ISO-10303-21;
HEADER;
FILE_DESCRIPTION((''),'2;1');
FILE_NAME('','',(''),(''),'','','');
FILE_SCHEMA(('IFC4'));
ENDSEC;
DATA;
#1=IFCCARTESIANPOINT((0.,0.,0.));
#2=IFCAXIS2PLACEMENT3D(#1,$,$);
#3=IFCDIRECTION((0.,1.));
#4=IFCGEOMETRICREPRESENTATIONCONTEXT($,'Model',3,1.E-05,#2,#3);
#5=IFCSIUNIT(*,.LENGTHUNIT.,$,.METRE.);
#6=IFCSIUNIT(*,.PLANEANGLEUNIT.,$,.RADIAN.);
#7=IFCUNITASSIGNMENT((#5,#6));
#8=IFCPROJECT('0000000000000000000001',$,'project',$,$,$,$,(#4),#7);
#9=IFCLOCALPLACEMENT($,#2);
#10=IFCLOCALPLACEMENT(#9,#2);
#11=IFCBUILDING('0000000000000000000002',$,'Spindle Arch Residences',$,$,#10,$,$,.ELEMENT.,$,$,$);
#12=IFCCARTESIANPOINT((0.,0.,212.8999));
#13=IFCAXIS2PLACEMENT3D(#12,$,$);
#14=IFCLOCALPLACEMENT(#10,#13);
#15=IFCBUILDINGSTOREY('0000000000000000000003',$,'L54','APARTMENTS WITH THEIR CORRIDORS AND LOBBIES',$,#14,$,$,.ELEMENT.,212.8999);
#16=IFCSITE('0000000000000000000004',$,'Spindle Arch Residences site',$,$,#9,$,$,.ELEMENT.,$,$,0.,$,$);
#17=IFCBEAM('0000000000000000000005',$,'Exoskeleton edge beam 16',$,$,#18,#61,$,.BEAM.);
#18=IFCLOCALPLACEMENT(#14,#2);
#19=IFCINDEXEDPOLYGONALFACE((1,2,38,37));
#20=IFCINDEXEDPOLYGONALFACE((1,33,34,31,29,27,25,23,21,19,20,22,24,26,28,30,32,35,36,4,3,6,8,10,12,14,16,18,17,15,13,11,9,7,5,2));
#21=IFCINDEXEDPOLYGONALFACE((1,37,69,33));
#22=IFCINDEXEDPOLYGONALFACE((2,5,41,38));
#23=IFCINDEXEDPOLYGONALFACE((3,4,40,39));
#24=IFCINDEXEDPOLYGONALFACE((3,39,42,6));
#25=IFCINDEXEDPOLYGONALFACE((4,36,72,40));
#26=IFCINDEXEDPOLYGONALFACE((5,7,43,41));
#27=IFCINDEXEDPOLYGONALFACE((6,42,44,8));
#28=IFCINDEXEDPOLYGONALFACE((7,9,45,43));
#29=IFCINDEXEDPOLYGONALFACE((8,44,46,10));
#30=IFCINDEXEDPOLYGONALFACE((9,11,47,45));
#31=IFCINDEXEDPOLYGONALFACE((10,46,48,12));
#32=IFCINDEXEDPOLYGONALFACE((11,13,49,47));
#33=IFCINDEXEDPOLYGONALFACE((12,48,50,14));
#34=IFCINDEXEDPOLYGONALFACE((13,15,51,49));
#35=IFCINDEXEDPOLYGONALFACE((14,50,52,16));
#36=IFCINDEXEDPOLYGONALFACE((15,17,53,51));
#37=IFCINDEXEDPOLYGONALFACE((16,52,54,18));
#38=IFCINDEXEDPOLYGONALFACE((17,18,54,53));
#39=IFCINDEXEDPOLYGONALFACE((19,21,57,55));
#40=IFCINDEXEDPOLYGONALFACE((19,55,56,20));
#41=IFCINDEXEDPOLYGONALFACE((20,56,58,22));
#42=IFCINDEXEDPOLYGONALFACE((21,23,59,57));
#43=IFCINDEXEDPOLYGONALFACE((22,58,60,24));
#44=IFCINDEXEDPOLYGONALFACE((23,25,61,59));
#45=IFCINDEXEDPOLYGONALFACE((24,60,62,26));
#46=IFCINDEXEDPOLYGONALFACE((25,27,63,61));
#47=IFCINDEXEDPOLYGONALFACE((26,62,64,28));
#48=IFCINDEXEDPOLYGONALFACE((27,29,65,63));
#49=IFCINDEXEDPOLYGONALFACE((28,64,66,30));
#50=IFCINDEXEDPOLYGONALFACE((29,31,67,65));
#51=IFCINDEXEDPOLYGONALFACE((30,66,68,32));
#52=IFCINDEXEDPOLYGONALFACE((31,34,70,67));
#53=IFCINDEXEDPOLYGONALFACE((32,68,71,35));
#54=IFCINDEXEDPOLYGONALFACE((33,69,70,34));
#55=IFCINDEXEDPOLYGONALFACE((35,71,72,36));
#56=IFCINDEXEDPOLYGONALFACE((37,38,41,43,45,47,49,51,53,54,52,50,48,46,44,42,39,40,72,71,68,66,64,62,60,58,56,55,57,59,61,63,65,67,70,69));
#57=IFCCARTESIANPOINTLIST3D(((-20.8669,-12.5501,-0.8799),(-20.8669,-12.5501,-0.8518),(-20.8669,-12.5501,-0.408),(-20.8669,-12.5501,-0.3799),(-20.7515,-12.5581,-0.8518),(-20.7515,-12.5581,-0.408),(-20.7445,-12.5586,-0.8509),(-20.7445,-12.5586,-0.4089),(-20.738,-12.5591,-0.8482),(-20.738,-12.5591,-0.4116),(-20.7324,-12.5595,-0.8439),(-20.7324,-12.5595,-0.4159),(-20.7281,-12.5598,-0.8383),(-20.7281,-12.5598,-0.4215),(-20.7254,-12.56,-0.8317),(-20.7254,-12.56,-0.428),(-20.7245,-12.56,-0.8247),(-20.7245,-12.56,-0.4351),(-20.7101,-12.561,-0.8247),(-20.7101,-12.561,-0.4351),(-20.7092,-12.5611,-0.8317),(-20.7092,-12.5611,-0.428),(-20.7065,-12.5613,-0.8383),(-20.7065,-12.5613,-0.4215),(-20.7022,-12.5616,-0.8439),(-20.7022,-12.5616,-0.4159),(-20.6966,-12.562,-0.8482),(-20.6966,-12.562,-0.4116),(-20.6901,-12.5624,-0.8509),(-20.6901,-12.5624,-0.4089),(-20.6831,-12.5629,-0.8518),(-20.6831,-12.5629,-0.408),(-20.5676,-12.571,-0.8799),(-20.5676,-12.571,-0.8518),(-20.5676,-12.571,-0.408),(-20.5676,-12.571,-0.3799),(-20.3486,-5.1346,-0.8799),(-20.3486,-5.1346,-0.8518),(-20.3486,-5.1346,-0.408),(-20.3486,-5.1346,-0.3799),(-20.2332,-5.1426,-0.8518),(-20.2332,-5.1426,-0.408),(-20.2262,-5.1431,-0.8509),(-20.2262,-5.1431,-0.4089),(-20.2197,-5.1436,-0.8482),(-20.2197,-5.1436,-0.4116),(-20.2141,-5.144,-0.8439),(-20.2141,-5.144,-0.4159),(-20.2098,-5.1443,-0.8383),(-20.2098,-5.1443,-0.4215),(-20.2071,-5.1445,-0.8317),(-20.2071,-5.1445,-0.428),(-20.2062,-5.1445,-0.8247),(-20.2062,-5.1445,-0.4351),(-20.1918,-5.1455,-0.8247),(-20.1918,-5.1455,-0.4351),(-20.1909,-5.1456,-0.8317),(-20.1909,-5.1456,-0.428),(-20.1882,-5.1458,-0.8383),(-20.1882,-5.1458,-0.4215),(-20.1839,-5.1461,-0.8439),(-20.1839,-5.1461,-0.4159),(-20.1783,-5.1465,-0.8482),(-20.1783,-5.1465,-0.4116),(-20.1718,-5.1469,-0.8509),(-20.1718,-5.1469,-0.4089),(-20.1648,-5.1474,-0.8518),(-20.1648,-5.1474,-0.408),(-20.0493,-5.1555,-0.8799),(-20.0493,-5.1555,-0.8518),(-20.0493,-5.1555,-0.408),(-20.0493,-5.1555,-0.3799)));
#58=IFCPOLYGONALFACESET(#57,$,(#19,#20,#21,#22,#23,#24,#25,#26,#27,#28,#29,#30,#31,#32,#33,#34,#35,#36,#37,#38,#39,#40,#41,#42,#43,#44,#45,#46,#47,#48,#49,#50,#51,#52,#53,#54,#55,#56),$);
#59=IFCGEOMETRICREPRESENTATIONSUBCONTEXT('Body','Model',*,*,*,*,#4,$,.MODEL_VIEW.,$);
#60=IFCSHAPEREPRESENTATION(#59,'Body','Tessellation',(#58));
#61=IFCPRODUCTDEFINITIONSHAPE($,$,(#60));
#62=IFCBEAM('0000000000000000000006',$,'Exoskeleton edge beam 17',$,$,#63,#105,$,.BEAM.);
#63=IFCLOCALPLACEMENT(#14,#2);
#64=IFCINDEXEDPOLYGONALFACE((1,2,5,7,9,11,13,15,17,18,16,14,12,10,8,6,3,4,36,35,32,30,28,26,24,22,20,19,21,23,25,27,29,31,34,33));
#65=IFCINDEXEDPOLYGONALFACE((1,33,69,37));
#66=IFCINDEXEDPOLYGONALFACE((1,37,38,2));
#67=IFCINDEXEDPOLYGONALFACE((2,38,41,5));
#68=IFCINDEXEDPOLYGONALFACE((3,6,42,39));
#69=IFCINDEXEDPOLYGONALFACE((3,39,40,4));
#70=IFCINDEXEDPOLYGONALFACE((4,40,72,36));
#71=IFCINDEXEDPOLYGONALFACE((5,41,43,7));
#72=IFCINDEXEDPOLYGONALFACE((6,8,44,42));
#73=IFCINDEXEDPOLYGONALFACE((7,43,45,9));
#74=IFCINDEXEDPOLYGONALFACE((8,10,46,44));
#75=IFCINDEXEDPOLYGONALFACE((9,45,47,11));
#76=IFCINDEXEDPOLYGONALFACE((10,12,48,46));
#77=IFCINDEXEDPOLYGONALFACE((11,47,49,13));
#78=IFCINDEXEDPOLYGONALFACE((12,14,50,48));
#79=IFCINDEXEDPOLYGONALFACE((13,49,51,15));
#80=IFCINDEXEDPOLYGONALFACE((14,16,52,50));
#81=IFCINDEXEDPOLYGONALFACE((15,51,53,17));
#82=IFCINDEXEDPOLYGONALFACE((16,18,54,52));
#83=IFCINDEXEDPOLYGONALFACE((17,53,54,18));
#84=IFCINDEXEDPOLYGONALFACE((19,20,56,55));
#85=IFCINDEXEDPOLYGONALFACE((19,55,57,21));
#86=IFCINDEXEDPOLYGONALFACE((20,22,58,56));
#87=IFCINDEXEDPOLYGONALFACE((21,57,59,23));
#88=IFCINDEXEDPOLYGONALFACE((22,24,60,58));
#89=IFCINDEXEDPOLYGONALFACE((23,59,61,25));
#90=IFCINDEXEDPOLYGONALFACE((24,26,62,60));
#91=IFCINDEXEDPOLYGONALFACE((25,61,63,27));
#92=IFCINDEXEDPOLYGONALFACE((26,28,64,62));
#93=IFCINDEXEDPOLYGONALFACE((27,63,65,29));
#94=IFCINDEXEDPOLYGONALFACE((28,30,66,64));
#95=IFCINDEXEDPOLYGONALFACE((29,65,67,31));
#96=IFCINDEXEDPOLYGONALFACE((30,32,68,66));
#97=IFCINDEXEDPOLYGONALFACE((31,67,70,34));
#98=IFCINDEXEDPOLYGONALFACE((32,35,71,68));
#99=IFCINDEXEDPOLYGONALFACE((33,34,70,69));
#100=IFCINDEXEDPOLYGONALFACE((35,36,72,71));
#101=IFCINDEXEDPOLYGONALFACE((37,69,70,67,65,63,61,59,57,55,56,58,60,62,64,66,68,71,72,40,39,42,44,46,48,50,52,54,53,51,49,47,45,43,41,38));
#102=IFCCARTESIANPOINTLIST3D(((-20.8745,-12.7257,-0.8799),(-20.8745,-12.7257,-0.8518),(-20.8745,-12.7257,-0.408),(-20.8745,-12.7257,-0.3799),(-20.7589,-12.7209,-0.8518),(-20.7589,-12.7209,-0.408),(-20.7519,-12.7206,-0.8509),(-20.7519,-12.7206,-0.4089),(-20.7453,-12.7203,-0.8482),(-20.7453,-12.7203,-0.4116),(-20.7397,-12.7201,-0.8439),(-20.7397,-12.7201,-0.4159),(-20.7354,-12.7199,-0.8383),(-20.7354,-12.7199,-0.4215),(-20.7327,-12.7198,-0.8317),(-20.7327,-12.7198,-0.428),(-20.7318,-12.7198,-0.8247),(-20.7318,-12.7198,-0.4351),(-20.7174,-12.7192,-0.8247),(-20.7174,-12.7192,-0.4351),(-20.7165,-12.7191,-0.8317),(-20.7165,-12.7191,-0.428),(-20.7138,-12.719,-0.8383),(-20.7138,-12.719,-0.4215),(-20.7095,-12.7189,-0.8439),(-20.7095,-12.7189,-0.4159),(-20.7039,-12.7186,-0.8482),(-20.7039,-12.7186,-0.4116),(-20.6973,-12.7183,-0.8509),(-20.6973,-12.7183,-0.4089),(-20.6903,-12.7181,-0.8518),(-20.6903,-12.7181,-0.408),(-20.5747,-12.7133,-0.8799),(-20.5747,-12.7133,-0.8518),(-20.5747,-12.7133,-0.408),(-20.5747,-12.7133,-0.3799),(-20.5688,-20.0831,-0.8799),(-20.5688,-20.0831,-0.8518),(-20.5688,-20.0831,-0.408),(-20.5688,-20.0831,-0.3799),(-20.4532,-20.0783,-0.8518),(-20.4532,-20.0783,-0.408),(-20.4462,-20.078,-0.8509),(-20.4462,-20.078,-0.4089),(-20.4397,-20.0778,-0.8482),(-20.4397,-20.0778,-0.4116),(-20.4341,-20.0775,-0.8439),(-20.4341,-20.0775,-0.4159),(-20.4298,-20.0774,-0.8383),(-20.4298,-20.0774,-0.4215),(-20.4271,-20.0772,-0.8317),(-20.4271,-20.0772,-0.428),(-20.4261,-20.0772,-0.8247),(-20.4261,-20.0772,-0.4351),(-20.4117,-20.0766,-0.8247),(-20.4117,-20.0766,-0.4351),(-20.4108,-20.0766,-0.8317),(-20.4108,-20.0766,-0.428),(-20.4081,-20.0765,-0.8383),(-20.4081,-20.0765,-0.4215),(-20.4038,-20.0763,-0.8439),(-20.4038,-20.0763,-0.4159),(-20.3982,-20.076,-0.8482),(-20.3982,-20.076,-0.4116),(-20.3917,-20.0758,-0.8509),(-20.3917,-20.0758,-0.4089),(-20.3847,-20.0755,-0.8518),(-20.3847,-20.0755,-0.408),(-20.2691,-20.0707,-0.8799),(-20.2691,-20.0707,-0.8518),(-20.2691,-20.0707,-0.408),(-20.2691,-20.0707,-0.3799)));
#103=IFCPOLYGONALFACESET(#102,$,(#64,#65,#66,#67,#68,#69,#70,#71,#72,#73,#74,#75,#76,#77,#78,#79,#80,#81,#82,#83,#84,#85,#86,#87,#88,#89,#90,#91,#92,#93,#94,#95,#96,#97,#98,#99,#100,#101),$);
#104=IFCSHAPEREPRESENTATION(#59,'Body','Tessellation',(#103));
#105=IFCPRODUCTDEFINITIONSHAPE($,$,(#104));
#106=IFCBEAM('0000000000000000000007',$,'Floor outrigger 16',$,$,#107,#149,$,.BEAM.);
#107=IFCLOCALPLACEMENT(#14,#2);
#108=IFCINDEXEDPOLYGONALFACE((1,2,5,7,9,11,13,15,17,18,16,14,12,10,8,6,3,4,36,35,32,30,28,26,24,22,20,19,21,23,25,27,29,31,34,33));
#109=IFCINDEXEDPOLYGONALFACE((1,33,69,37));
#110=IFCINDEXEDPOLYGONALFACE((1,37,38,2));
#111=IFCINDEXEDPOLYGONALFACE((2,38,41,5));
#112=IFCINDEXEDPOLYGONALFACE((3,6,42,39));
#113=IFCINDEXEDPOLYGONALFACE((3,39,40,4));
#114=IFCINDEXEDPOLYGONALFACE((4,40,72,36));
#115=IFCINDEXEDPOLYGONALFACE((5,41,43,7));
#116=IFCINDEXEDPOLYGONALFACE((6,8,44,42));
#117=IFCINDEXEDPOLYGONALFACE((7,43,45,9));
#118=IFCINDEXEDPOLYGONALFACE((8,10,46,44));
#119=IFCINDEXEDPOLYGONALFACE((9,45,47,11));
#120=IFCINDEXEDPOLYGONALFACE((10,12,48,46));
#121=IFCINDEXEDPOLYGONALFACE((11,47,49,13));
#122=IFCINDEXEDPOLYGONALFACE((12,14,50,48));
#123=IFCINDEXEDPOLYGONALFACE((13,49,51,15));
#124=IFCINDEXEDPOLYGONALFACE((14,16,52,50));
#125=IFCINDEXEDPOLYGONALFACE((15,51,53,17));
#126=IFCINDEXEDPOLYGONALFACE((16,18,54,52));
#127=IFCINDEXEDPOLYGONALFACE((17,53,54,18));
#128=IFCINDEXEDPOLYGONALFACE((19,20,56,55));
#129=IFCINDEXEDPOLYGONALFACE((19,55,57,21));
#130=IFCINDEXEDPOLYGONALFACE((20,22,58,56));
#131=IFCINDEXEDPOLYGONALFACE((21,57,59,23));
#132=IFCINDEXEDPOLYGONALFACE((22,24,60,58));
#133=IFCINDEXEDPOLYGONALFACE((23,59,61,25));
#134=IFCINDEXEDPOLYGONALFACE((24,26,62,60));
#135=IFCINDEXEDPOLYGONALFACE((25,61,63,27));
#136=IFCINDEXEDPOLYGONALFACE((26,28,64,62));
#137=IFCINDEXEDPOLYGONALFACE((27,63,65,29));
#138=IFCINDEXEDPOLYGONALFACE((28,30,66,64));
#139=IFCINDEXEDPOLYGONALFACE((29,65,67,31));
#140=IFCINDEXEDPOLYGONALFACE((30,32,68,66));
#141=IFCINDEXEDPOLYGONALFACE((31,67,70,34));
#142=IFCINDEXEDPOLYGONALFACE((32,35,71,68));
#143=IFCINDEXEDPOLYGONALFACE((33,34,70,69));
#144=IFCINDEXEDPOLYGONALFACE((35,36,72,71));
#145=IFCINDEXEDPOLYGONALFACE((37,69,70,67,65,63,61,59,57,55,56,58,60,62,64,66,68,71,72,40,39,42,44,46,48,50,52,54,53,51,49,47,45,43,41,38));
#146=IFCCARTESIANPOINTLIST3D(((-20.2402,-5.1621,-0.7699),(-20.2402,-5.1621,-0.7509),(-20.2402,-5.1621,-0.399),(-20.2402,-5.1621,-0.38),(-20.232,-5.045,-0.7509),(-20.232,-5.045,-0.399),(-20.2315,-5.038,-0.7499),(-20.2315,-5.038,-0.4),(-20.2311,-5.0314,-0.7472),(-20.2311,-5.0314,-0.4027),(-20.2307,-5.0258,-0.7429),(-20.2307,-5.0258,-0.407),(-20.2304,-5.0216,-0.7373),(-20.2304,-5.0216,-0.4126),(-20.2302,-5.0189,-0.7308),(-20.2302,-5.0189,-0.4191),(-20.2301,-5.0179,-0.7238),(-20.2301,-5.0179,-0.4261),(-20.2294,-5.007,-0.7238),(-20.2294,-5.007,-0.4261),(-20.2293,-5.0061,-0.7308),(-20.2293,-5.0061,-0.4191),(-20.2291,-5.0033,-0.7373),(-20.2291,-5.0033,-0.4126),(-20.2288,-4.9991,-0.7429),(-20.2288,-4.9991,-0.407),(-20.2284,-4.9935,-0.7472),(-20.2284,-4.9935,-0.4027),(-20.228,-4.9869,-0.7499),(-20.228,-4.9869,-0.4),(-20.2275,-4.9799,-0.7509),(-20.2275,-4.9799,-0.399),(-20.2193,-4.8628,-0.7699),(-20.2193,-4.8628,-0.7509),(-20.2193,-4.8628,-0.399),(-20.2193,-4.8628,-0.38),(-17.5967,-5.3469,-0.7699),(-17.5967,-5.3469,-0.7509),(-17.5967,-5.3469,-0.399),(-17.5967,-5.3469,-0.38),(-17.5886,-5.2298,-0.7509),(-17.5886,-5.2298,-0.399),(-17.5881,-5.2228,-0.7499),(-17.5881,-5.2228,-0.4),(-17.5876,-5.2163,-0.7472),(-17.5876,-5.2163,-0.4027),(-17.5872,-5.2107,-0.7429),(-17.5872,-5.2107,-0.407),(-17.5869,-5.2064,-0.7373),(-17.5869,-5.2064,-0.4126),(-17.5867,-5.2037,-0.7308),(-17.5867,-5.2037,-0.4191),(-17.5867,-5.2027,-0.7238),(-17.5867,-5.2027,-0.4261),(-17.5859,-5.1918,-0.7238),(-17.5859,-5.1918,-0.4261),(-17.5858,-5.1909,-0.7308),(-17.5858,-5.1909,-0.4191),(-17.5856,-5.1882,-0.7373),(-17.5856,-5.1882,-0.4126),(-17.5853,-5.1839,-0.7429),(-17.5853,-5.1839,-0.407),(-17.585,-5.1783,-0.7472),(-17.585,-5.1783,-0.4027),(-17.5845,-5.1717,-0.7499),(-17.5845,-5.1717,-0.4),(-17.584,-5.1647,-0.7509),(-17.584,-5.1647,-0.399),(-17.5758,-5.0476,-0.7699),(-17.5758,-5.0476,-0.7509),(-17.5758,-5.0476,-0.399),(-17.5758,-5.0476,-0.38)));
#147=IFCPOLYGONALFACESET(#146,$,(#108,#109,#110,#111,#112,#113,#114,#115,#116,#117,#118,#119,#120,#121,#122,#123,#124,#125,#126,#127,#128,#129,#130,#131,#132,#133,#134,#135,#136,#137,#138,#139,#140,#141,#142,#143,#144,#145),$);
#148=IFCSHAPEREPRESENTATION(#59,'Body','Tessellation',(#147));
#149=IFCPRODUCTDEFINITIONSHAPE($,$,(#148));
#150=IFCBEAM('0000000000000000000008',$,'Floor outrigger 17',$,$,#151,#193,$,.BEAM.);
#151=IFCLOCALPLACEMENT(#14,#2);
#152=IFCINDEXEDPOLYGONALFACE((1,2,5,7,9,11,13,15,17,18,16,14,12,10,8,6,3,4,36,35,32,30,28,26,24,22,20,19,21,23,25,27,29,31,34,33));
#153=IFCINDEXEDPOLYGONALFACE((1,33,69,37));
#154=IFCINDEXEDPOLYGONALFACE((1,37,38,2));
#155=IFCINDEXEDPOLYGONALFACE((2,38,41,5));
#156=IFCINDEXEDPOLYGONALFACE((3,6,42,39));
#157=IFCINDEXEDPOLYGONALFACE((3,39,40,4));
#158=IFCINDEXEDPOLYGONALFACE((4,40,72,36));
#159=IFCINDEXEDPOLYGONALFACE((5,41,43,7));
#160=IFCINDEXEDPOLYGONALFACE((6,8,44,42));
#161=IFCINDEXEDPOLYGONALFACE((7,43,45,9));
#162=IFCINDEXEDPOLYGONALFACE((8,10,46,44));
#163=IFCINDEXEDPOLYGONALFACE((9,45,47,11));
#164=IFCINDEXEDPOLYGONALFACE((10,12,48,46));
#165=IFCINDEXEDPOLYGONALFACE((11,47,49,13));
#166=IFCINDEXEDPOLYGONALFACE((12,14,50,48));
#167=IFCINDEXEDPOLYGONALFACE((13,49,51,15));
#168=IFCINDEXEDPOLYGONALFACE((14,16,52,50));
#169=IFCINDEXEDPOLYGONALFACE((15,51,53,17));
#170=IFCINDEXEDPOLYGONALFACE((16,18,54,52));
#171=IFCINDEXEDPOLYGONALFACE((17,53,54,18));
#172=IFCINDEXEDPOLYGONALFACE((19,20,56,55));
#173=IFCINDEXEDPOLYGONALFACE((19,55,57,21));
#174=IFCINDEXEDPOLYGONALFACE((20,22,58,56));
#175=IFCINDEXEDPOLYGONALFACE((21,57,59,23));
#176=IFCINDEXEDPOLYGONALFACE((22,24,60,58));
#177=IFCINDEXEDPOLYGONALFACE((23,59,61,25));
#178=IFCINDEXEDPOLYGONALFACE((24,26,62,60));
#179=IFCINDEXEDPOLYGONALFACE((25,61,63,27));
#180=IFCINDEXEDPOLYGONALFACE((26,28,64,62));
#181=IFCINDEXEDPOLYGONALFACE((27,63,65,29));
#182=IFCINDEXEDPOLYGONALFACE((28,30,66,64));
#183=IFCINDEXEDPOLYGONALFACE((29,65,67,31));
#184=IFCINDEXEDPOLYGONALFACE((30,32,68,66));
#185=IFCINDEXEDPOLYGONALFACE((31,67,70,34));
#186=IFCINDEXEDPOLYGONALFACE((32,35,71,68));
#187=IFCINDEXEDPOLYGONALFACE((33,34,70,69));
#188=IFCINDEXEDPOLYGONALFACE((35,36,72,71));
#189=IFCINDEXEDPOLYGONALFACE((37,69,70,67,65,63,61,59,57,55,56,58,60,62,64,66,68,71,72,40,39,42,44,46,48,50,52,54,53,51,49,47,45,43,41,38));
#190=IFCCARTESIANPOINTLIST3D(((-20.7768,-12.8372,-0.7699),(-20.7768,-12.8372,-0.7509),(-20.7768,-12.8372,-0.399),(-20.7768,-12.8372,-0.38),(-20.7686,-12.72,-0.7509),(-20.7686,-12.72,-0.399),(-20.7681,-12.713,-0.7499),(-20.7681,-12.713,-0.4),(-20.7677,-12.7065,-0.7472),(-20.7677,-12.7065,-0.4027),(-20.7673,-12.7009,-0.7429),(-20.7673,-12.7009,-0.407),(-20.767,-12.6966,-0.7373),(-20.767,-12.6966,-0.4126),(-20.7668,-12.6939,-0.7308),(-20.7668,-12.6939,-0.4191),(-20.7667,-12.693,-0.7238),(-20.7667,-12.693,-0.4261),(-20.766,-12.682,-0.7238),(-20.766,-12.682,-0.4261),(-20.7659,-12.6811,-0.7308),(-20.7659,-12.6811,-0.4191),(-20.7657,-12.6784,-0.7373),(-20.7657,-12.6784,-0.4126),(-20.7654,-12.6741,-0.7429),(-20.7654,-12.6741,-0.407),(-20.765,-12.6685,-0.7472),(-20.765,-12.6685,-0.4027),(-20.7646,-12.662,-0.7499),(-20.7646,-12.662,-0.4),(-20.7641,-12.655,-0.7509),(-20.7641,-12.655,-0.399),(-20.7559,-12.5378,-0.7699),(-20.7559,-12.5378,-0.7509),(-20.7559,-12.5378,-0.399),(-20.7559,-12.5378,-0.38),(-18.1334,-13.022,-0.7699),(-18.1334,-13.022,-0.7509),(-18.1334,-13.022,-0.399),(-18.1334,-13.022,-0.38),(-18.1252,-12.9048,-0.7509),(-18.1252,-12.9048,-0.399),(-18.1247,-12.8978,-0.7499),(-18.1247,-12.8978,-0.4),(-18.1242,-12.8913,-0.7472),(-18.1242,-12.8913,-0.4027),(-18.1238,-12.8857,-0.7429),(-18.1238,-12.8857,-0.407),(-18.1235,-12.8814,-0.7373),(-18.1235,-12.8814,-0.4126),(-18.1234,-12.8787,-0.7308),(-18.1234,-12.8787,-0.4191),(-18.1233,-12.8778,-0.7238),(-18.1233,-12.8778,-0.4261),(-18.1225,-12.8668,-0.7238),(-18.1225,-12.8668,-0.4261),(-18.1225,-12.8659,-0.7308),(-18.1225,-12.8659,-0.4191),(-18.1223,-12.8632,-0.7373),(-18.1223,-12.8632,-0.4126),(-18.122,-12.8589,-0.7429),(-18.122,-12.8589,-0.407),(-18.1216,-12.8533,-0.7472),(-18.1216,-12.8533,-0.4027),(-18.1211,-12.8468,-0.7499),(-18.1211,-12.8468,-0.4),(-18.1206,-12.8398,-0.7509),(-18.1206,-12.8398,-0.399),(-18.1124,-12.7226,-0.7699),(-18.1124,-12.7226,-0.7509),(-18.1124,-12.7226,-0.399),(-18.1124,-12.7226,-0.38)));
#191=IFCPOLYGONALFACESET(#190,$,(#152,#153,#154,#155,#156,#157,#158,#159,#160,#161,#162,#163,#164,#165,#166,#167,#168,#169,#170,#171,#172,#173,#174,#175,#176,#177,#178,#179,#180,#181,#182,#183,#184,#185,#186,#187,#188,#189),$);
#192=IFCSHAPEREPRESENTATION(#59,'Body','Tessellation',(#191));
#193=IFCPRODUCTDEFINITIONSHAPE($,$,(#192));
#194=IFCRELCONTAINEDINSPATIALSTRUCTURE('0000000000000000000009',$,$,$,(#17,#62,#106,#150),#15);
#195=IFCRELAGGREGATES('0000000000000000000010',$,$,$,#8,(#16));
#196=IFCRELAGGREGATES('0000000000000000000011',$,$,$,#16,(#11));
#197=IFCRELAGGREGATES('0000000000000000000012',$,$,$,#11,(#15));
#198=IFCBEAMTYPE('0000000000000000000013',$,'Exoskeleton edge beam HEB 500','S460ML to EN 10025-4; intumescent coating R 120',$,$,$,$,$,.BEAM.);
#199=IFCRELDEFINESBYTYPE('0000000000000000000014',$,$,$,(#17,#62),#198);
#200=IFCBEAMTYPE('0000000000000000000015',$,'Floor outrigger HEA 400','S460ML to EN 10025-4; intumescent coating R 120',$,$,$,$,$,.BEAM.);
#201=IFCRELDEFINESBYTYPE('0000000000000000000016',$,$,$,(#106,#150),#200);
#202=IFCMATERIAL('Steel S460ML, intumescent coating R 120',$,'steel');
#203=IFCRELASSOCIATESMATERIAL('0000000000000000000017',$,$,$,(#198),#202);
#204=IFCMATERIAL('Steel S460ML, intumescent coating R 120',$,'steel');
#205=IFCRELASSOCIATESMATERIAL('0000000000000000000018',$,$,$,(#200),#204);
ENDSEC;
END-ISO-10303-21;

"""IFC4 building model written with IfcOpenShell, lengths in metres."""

from ifc_helpers import new_model, si_unit, direction, frame, origin, origin_2d, place, context, subcontext, project, spatial, i_section, extrude, material, material_profile, profile_set, type_object, element, save


model = new_model("IFC4")

# Units and contexts
model_context = context("Model", 3, precision=1e-05, world=origin(), true_north=direction((0.0, 1.0)))
body_context = subcontext(model_context, "Body", "Model", "MODEL_VIEW")
ifc_project = project(units=[si_unit("LENGTHUNIT", "METRE"), si_unit("PLANEANGLEUNIT", "RADIAN")], contexts=[model_context])

# Site, building, storey
site_placement = place(None, origin())
site = spatial("IfcSite", under=ifc_project, at=site_placement, Name="Spindle Arch Residences site", CompositionType="ELEMENT", RefElevation=0.0)
building_placement = place(site_placement, origin())
building = spatial("IfcBuilding", under=site, at=building_placement, Name="Spindle Arch Residences", CompositionType="ELEMENT")
storey_placement = place(building_placement, frame((0.0, 0.0, 212.8999)))
storey = spatial("IfcBuildingStorey", under=building, at=storey_placement, Name="L54", Description="APARTMENTS WITH THEIR CORRIDORS AND LOBBIES", CompositionType="ELEMENT", Elevation=212.8999)

# Beams
ifc_material_1 = material(Name="Steel S460ML, intumescent coating R 120", Category="steel")
ifc_material_profile_1 = material_profile(ifc_material_1, i_section(OverallWidth=0.3, OverallDepth=0.5, WebThickness=0.0144, FlangeThickness=0.0281, FilletRadius=0.0271, at=origin_2d()), Name="HEB 500")
ifc_profile_set_1 = profile_set([ifc_material_profile_1], Name="Steel S460ML, intumescent coating R 120")
beam_type_1 = type_object("IfcBeamType", Name="Exoskeleton edge beam HEB 500", Description="S460ML to EN 10025-4; intumescent coating R 120", PredefinedType="BEAM", material=ifc_profile_set_1)
beam_1_placement = place(storey_placement, frame((-20.199, -5.145, -0.6299), z_axis=(-0.069725, -0.997566, 0.0), x_axis=(0.997566, -0.069725, 0.0)))
element("IfcBeam", 1, at=beam_1_placement, inside=storey, type_object=beam_type_1, Name="Exoskeleton edge beam 16", PredefinedType="BEAM", context=body_context, shape_type="SweptSolid", body=[
    extrude(i_section(OverallWidth=0.3, OverallDepth=0.5, WebThickness=0.0144, FlangeThickness=0.0281, FilletRadius=0.0271, at=origin_2d()), origin(), (0.0, 0.0, 1.0), 7.4336),
])
beam_2_placement = place(storey_placement, frame((-20.7246, -12.7195, -0.6299), z_axis=(0.041509, -0.999138, 0.0), x_axis=(0.999138, 0.041509, 0.0)))
element("IfcBeam", 2, at=beam_2_placement, inside=storey, type_object=beam_type_1, Name="Exoskeleton edge beam 17", PredefinedType="BEAM", context=body_context, shape_type="SweptSolid", body=[
    extrude(i_section(OverallWidth=0.3, OverallDepth=0.5, WebThickness=0.0144, FlangeThickness=0.0281, FilletRadius=0.0271, at=origin_2d()), origin(), (0.0, 0.0, 1.0), 7.3638),
])
ifc_material_2 = material(Name="Steel S460ML, intumescent coating R 120", Category="steel")
ifc_material_profile_2 = material_profile(ifc_material_2, i_section(OverallWidth=0.3, OverallDepth=0.3899, WebThickness=0.011, FlangeThickness=0.019, FilletRadius=0.0271, at=origin_2d()), Name="HEA 400")
ifc_profile_set_2 = profile_set([ifc_material_profile_2], Name="Steel S460ML, intumescent coating R 120")
beam_type_2 = type_object("IfcBeamType", Name="Floor outrigger HEA 400", Description="S460ML to EN 10025-4; intumescent coating R 120", PredefinedType="BEAM", material=ifc_profile_set_2)
for number, where, z_axis, x_axis, name in (
    (3, (-20.2297, -5.0125, -0.575), (0.997565, -0.069741, 0.0), (0.069741, 0.997565, 0.0), "Floor outrigger 16"),
    (4, (-20.7664, -12.6875, -0.575), (0.997565, -0.069741, 0.0), (0.069741, 0.997565, 0.0), "Floor outrigger 17"),
):
    element("IfcBeam", number, at=place(storey_placement, frame(where, z_axis=z_axis, x_axis=x_axis)), inside=storey, type_object=beam_type_2, Name=name, PredefinedType="BEAM", context=body_context, shape_type="SweptSolid", body=[
        extrude(i_section(OverallWidth=0.3, OverallDepth=0.3899, WebThickness=0.011, FlangeThickness=0.019, FilletRadius=0.0271, at=origin_2d()), origin(), (0.0, 0.0, 1.0), 2.6499),
    ])

save(model, "model.ifc")
